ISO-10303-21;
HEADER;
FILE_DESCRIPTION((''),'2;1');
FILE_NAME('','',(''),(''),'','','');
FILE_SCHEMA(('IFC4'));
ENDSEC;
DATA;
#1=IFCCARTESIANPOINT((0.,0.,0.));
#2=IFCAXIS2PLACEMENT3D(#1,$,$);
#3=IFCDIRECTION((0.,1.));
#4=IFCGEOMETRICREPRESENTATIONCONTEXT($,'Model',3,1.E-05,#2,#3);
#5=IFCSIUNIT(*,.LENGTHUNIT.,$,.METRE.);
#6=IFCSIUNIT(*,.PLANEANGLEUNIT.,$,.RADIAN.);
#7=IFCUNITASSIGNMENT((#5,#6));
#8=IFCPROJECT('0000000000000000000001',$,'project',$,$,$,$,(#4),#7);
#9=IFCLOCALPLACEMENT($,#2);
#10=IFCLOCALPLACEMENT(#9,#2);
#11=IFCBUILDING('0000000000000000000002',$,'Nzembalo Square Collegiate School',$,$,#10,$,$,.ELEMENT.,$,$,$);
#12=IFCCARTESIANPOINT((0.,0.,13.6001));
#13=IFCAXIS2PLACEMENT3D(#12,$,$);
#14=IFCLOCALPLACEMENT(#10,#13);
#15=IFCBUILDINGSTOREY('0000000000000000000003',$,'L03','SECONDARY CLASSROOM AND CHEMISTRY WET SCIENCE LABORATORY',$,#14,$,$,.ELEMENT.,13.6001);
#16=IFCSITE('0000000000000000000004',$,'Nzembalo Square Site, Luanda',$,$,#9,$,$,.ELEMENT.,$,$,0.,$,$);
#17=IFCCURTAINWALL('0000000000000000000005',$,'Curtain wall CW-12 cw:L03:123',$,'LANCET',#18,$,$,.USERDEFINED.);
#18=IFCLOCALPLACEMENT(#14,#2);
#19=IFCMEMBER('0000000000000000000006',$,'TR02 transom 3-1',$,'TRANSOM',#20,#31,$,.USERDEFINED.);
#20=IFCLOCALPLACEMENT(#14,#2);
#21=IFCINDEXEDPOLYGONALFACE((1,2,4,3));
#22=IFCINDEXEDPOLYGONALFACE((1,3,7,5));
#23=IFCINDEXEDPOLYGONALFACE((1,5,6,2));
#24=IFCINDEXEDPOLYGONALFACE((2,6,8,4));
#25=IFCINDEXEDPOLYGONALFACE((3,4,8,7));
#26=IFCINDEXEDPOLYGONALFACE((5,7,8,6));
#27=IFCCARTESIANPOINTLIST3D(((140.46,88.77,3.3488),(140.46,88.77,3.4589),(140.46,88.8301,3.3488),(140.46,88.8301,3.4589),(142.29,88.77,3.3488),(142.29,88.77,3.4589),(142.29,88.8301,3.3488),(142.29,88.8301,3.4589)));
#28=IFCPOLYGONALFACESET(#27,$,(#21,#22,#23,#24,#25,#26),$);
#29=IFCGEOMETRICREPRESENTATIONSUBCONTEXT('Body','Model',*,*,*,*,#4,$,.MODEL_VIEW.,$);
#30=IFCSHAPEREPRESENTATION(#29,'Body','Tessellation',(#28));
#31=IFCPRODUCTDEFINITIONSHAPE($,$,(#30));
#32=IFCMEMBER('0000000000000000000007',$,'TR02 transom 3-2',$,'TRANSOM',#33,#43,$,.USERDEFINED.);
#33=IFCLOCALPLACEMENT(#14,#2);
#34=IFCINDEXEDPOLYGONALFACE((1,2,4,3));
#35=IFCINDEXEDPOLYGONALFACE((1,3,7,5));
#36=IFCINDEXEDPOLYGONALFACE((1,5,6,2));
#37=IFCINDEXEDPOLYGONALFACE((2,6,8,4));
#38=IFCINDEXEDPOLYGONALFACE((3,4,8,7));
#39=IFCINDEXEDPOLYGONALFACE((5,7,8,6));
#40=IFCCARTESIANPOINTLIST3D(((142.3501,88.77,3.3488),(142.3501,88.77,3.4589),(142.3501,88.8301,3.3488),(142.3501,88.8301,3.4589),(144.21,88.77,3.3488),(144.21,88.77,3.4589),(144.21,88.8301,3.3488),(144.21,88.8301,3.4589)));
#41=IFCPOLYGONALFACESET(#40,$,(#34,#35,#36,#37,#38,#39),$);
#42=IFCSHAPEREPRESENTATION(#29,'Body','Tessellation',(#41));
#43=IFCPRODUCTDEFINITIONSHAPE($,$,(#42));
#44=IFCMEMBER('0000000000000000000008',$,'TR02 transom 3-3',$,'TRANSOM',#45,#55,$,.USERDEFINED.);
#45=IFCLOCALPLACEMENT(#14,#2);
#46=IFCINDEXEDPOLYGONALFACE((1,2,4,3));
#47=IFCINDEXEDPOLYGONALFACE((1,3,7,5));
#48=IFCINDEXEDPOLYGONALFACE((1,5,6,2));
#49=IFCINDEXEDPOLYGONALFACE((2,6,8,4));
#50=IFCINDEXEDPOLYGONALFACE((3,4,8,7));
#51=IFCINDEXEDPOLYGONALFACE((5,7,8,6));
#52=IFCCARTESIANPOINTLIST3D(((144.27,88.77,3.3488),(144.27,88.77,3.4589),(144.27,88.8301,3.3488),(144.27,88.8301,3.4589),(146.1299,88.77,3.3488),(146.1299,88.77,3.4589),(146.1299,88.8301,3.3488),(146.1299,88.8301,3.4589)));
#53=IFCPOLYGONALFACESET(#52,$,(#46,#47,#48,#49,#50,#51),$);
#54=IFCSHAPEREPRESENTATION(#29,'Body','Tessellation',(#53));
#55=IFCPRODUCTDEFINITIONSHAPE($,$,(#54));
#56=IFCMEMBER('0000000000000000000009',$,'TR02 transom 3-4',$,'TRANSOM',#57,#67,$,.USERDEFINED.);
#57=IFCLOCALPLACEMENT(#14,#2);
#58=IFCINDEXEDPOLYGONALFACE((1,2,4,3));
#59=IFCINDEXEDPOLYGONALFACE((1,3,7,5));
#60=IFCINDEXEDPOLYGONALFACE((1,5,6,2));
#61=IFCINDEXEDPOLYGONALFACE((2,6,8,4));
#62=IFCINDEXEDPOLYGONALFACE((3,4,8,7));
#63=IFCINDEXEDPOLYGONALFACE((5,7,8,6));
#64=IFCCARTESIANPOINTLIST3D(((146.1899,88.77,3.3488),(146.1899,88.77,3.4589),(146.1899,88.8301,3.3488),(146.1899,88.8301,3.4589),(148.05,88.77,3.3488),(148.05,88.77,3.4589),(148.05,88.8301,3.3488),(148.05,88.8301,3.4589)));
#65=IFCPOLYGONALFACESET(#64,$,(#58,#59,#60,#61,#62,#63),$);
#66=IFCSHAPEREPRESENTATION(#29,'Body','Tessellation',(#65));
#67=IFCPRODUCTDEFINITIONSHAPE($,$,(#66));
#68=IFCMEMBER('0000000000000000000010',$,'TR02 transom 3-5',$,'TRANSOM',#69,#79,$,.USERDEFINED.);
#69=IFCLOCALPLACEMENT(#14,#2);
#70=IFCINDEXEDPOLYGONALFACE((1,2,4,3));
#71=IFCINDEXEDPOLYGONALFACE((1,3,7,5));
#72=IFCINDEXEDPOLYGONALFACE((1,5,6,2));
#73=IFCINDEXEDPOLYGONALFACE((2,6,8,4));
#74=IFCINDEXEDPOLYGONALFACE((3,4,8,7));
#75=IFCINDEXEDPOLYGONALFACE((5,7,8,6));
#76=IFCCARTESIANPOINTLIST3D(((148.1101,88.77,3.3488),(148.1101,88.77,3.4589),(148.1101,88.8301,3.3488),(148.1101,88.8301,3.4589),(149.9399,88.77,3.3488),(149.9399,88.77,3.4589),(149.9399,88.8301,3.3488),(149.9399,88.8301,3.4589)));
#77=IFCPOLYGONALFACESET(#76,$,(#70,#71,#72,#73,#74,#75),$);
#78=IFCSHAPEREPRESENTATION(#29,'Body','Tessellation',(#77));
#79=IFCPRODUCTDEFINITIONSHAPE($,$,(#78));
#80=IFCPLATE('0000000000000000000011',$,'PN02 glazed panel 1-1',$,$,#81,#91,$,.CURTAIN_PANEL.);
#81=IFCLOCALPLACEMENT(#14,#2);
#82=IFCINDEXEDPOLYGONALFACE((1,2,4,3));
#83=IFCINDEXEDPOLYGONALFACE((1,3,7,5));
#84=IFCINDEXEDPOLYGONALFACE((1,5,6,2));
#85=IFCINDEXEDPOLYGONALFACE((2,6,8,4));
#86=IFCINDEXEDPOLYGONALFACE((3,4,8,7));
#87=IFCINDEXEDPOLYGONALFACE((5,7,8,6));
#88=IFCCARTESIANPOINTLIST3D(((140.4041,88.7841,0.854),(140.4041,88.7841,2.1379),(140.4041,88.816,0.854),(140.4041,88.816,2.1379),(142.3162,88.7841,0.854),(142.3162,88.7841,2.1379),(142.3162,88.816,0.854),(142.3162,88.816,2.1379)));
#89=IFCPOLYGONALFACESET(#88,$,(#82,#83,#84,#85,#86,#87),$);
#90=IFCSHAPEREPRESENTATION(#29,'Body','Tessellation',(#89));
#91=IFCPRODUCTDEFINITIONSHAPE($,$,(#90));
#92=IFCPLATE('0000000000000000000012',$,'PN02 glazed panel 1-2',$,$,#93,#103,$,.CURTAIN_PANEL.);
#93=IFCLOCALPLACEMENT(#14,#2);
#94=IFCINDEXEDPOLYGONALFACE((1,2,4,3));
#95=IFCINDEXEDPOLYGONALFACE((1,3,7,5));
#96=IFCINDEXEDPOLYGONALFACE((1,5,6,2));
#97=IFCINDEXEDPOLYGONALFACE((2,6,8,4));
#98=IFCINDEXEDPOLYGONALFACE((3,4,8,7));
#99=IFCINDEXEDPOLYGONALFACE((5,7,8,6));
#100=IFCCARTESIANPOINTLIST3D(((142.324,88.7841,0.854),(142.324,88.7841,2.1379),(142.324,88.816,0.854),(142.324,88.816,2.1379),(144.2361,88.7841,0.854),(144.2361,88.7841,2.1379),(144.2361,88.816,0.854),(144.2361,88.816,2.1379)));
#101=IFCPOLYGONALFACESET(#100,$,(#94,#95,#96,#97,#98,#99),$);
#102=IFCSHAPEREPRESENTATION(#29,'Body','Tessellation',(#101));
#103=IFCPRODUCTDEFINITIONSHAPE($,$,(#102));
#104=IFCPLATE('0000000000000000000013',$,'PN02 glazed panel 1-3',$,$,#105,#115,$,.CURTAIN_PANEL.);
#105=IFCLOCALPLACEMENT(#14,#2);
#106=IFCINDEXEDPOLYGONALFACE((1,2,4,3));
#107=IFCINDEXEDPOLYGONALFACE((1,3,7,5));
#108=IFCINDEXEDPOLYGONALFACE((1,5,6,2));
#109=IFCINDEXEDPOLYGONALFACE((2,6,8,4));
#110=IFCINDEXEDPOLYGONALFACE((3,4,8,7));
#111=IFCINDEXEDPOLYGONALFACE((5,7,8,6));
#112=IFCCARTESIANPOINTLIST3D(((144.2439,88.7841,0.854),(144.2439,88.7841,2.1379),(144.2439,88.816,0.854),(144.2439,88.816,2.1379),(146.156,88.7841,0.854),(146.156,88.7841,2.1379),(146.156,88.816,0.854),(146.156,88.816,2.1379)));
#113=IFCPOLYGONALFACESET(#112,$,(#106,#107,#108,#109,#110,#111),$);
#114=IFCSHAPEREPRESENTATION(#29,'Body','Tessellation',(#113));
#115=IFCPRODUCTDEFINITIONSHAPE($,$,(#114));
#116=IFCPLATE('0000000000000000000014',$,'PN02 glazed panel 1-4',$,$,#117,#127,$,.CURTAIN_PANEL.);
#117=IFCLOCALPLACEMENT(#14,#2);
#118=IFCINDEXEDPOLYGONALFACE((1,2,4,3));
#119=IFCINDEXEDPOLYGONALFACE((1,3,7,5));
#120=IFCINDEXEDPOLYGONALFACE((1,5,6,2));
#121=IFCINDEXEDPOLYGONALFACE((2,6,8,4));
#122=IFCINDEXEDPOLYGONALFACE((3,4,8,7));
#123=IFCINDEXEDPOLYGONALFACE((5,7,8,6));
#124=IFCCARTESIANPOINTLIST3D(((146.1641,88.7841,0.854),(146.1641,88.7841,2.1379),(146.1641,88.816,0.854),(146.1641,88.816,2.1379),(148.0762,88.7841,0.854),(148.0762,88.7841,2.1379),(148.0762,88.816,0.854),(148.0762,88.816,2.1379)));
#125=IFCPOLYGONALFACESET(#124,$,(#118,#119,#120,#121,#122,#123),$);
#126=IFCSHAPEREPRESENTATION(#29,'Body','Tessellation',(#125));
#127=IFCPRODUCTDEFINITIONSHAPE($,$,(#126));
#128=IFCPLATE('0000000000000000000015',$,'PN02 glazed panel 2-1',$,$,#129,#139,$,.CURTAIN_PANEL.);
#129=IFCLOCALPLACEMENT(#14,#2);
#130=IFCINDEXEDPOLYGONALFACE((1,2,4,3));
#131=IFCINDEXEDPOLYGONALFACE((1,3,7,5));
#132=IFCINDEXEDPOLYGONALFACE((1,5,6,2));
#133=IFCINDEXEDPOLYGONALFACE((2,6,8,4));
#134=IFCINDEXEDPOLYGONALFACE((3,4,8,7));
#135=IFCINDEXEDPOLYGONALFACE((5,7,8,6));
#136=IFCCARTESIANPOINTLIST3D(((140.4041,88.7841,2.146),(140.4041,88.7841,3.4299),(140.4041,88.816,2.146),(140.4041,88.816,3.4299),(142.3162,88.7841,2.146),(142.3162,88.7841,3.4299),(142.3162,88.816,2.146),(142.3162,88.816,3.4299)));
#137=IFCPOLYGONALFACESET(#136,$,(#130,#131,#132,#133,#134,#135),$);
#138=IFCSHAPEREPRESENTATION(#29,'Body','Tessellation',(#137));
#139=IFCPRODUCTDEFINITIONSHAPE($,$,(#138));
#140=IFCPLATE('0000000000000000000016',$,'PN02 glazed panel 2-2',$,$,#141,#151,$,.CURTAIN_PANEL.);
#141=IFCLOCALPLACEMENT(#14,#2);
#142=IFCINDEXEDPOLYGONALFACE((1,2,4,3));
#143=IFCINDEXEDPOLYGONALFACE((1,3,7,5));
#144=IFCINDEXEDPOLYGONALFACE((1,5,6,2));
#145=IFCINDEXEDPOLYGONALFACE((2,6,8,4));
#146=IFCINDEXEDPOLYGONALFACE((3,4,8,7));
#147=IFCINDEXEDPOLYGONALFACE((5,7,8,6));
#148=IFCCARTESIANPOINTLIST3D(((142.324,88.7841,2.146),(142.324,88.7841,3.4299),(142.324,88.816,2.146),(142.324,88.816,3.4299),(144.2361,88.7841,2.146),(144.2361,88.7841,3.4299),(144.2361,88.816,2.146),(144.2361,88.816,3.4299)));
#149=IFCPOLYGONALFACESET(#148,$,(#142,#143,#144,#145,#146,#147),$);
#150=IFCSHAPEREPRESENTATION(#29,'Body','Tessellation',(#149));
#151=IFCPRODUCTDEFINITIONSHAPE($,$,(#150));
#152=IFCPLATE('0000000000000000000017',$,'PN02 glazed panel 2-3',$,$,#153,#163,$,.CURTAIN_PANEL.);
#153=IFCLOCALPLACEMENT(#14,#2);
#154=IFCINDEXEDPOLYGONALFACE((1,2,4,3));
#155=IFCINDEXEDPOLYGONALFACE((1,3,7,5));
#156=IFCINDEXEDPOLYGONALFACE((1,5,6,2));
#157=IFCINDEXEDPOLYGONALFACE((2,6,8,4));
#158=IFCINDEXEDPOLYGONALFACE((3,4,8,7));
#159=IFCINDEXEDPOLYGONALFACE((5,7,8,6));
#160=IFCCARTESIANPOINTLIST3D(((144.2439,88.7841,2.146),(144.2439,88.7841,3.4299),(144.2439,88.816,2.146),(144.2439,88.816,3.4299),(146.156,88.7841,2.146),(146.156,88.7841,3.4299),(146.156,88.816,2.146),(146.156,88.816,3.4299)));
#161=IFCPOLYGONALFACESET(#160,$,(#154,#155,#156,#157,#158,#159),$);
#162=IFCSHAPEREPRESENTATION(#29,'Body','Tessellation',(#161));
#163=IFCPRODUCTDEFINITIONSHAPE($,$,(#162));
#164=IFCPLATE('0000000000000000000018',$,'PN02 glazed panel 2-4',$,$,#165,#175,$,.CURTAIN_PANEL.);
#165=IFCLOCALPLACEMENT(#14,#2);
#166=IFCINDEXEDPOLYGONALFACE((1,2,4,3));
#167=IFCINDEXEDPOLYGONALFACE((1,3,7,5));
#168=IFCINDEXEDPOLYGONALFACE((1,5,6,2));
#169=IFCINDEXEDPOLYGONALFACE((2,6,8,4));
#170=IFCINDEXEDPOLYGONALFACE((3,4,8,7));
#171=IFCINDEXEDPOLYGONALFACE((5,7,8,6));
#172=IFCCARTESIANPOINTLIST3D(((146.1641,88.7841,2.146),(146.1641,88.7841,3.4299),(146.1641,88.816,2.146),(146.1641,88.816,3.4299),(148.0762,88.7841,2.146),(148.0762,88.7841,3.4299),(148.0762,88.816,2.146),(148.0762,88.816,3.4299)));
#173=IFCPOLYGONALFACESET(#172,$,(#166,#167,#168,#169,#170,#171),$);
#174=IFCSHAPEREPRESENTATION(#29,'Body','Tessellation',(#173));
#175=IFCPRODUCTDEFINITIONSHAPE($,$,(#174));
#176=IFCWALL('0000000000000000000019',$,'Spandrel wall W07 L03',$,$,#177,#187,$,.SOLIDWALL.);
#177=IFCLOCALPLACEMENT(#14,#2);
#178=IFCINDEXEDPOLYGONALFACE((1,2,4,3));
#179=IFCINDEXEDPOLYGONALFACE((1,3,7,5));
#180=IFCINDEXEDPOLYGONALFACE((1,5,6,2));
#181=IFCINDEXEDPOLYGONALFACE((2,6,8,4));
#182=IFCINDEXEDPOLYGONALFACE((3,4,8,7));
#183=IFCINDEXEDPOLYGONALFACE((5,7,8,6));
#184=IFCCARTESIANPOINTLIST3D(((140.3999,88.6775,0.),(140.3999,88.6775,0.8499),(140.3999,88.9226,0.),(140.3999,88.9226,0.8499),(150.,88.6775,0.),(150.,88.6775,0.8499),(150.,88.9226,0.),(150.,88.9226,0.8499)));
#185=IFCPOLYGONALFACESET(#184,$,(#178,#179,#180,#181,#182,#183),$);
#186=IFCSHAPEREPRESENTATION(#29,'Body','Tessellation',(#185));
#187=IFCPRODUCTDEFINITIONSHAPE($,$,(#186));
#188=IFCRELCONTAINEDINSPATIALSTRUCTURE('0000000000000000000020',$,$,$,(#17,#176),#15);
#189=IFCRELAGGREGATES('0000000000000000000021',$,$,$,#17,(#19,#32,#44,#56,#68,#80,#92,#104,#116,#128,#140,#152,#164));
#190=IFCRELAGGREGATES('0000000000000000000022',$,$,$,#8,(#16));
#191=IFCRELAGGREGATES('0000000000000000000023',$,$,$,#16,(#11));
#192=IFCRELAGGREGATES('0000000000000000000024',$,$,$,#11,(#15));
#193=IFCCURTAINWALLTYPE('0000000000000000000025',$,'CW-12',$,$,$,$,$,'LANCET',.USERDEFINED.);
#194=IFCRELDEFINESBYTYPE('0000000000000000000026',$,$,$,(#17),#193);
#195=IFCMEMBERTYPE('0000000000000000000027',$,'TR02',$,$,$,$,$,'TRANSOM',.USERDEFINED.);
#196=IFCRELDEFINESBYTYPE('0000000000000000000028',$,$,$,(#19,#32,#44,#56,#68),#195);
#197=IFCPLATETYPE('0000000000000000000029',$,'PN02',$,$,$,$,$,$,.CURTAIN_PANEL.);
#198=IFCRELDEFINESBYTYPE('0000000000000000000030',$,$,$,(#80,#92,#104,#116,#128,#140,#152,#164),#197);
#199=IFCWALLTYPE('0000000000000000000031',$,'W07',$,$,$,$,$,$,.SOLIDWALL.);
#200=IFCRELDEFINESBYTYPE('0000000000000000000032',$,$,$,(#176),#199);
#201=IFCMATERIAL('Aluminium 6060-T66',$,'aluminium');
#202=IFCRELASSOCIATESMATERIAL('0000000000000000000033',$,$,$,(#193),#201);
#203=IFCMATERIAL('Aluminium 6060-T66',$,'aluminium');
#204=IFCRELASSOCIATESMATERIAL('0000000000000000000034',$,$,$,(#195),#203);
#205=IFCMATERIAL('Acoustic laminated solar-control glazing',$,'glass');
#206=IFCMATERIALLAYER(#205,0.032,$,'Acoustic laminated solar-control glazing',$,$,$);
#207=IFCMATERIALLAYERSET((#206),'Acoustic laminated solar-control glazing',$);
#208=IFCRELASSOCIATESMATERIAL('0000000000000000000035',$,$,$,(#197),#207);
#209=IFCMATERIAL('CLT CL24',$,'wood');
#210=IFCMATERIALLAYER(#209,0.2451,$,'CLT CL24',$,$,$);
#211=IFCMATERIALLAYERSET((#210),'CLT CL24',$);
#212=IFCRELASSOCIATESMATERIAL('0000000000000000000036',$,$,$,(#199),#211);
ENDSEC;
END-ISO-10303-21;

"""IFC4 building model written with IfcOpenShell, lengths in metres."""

from ifc_helpers import new_model, si_unit, direction, frame, frame_2d, origin, origin_2d, place, context, subcontext, project, spatial, rectangle, extrude, material, layer, layer_set, material_profile, profile_set, type_object, element, aggregate, save


model = new_model("IFC4")

# Units and contexts
model_context = context("Model", 3, precision=1e-05, world=origin(), true_north=direction((0.0, 1.0)))
body_context = subcontext(model_context, "Body", "Model", "MODEL_VIEW")
ifc_project = project(units=[si_unit("LENGTHUNIT", "METRE"), si_unit("PLANEANGLEUNIT", "RADIAN")], contexts=[model_context])

# Site, building, storey
site_placement = place(None, origin())
site = spatial("IfcSite", under=ifc_project, at=site_placement, Name="Nzembalo Square Site, Luanda", CompositionType="ELEMENT", RefElevation=0.0)
building_placement = place(site_placement, origin())
building = spatial("IfcBuilding", under=site, at=building_placement, Name="Nzembalo Square Collegiate School", CompositionType="ELEMENT")
storey_placement = place(building_placement, frame((0.0, 0.0, 13.6001)))
storey = spatial("IfcBuildingStorey", under=building, at=storey_placement, Name="L03", Description="SECONDARY CLASSROOM AND CHEMISTRY WET SCIENCE LABORATORY", CompositionType="ELEMENT", Elevation=13.6001)

# Curtain wall, members, plates
ifc_material_1 = material(Name="Aluminium 6060-T66", Category="aluminium")
curtain_wall_type = type_object("IfcCurtainWallType", Name="CW-12", ElementType="LANCET", PredefinedType="USERDEFINED", material=ifc_material_1)
curtain_wall_placement = place(storey_placement, origin())
curtain_wall = element("IfcCurtainWall", 1, at=curtain_wall_placement, inside=storey, type_object=curtain_wall_type, Name="Curtain wall CW-12 cw:L03:123", ObjectType="LANCET", PredefinedType="USERDEFINED")
ifc_material_2 = material(Name="Aluminium 6060-T66", Category="aluminium")
ifc_material_profile_1 = material_profile(ifc_material_2, rectangle(XDim=0.0601, YDim=0.1101, at=origin_2d()), Name="ALU T60x110")
ifc_profile_set_1 = profile_set([ifc_material_profile_1], Name="Aluminium 6060-T66")
member_type_1 = type_object("IfcMemberType", Name="TR02", ElementType="TRANSOM", PredefinedType="USERDEFINED", material=ifc_profile_set_1)
member_1_placement = place(storey_placement, frame((140.46, 88.8, 3.4038), z_axis=(1.0, 0.0, 0.0), x_axis=(0.0, 1.0, 0.0)))
member_1 = element("IfcMember", 2, at=member_1_placement, type_object=member_type_1, Name="TR02 transom 3-1", ObjectType="TRANSOM", PredefinedType="USERDEFINED", context=body_context, shape_type="SweptSolid", body=[
    extrude(rectangle(XDim=0.0601, YDim=0.1101, at=origin_2d()), origin(), (0.0, 0.0, 1.0), 1.8301),
])
member_2_placement = place(storey_placement, frame((142.3501, 88.8, 3.4038), z_axis=(1.0, 0.0, 0.0), x_axis=(0.0, 1.0, 0.0)))
member_2 = element("IfcMember", 3, at=member_2_placement, type_object=member_type_1, Name="TR02 transom 3-2", ObjectType="TRANSOM", PredefinedType="USERDEFINED", context=body_context, shape_type="SweptSolid", body=[
    extrude(rectangle(XDim=0.0601, YDim=0.1101, at=origin_2d()), origin(), (0.0, 0.0, 1.0), 1.8599),
])
member_3_placement = place(storey_placement, frame((144.27, 88.8, 3.4038), z_axis=(1.0, 0.0, 0.0), x_axis=(0.0, 1.0, 0.0)))
member_3 = element("IfcMember", 4, at=member_3_placement, type_object=member_type_1, Name="TR02 transom 3-3", ObjectType="TRANSOM", PredefinedType="USERDEFINED", context=body_context, shape_type="SweptSolid", body=[
    extrude(rectangle(XDim=0.0601, YDim=0.1101, at=origin_2d()), origin(), (0.0, 0.0, 1.0), 1.8599),
])
member_4_placement = place(storey_placement, frame((146.1899, 88.8, 3.4038), z_axis=(1.0, 0.0, 0.0), x_axis=(0.0, 1.0, 0.0)))
member_4 = element("IfcMember", 5, at=member_4_placement, type_object=member_type_1, Name="TR02 transom 3-4", ObjectType="TRANSOM", PredefinedType="USERDEFINED", context=body_context, shape_type="SweptSolid", body=[
    extrude(rectangle(XDim=0.0601, YDim=0.1101, at=origin_2d()), origin(), (0.0, 0.0, 1.0), 1.8601),
])
member_5_placement = place(storey_placement, frame((148.1101, 88.8, 3.4038), z_axis=(1.0, 0.0, 0.0), x_axis=(0.0, 1.0, 0.0)))
member_5 = element("IfcMember", 6, at=member_5_placement, type_object=member_type_1, Name="TR02 transom 3-5", ObjectType="TRANSOM", PredefinedType="USERDEFINED", context=body_context, shape_type="SweptSolid", body=[
    extrude(rectangle(XDim=0.0601, YDim=0.1101, at=origin_2d()), origin(), (0.0, 0.0, 1.0), 1.8298),
])
ifc_material_3 = material(Name="Acoustic laminated solar-control glazing", Category="glass")
ifc_layer_1 = layer(ifc_material_3, 0.032, Name="Acoustic laminated solar-control glazing")
ifc_layer_set_1 = layer_set([ifc_layer_1], Name="Acoustic laminated solar-control glazing")
plate_type = type_object("IfcPlateType", Name="PN02", PredefinedType="CURTAIN_PANEL", material=ifc_layer_set_1)
plate_1_placement = place(storey_placement, frame((141.3601, 88.8, 0.854), z_axis=(0.0, 0.0, 1.0), x_axis=(1.0, 0.0, 0.0)))
plate_1 = element("IfcPlate", 7, at=plate_1_placement, type_object=plate_type, Name="PN02 glazed panel 1-1", PredefinedType="CURTAIN_PANEL", context=body_context, shape_type="SweptSolid", body=[
    extrude(rectangle(XDim=1.9121, YDim=0.032, at=origin_2d()), origin(), (0.0, 0.0, 1.0), 1.2839),
])
plate_2_placement = place(storey_placement, frame((143.28, 88.8, 0.854), z_axis=(0.0, 0.0, 1.0), x_axis=(1.0, 0.0, 0.0)))
plate_2 = element("IfcPlate", 8, at=plate_2_placement, type_object=plate_type, Name="PN02 glazed panel 1-2", PredefinedType="CURTAIN_PANEL", context=body_context, shape_type="SweptSolid", body=[
    extrude(rectangle(XDim=1.9121, YDim=0.032, at=origin_2d()), origin(), (0.0, 0.0, 1.0), 1.2839),
])
plate_3_placement = place(storey_placement, frame((145.2, 88.8, 0.854), z_axis=(0.0, 0.0, 1.0), x_axis=(1.0, 0.0, 0.0)))
plate_3 = element("IfcPlate", 9, at=plate_3_placement, type_object=plate_type, Name="PN02 glazed panel 1-3", PredefinedType="CURTAIN_PANEL", context=body_context, shape_type="SweptSolid", body=[
    extrude(rectangle(XDim=1.9121, YDim=0.032, at=origin_2d()), origin(), (0.0, 0.0, 1.0), 1.2839),
])
plate_4_placement = place(storey_placement, frame((147.1201, 88.8, 0.854), z_axis=(0.0, 0.0, 1.0), x_axis=(1.0, 0.0, 0.0)))
plate_4 = element("IfcPlate", 10, at=plate_4_placement, type_object=plate_type, Name="PN02 glazed panel 1-4", PredefinedType="CURTAIN_PANEL", context=body_context, shape_type="SweptSolid", body=[
    extrude(rectangle(XDim=1.9121, YDim=0.032, at=origin_2d()), origin(), (0.0, 0.0, 1.0), 1.2839),
])
plate_5_placement = place(storey_placement, frame((141.3601, 88.8, 2.146), z_axis=(0.0, 0.0, 1.0), x_axis=(1.0, 0.0, 0.0)))
plate_5 = element("IfcPlate", 11, at=plate_5_placement, type_object=plate_type, Name="PN02 glazed panel 2-1", PredefinedType="CURTAIN_PANEL", context=body_context, shape_type="SweptSolid", body=[
    extrude(rectangle(XDim=1.9121, YDim=0.032, at=origin_2d()), origin(), (0.0, 0.0, 1.0), 1.2839),
])
plate_6_placement = place(storey_placement, frame((143.28, 88.8, 2.146), z_axis=(0.0, 0.0, 1.0), x_axis=(1.0, 0.0, 0.0)))
plate_6 = element("IfcPlate", 12, at=plate_6_placement, type_object=plate_type, Name="PN02 glazed panel 2-2", PredefinedType="CURTAIN_PANEL", context=body_context, shape_type="SweptSolid", body=[
    extrude(rectangle(XDim=1.9121, YDim=0.032, at=origin_2d()), origin(), (0.0, 0.0, 1.0), 1.2839),
])
plate_7_placement = place(storey_placement, frame((145.2, 88.8, 2.146), z_axis=(0.0, 0.0, 1.0), x_axis=(1.0, 0.0, 0.0)))
plate_7 = element("IfcPlate", 13, at=plate_7_placement, type_object=plate_type, Name="PN02 glazed panel 2-3", PredefinedType="CURTAIN_PANEL", context=body_context, shape_type="SweptSolid", body=[
    extrude(rectangle(XDim=1.9121, YDim=0.032, at=origin_2d()), origin(), (0.0, 0.0, 1.0), 1.2839),
])
plate_8_placement = place(storey_placement, frame((147.1201, 88.8, 2.146), z_axis=(0.0, 0.0, 1.0), x_axis=(1.0, 0.0, 0.0)))
plate_8 = element("IfcPlate", 14, at=plate_8_placement, type_object=plate_type, Name="PN02 glazed panel 2-4", PredefinedType="CURTAIN_PANEL", context=body_context, shape_type="SweptSolid", body=[
    extrude(rectangle(XDim=1.9121, YDim=0.032, at=origin_2d()), origin(), (0.0, 0.0, 1.0), 1.2839),
])
aggregate(curtain_wall, [member_1, member_2, member_3, member_4, member_5, plate_1, plate_2, plate_3, plate_4, plate_5, plate_6, plate_7, plate_8])

# Wall
ifc_material_4 = material(Name="CLT CL24", Category="wood")
ifc_layer_2 = layer(ifc_material_4, 0.2451, Name="CLT CL24")
ifc_layer_set_2 = layer_set([ifc_layer_2], Name="CLT CL24")
wall_type_1 = type_object("IfcWallType", Name="W07", PredefinedType="SOLIDWALL", material=ifc_layer_set_2)
wall_1_placement = place(storey_placement, frame((140.3999, 88.8, 0.0), z_axis=(0.0, 0.0, 1.0), x_axis=(1.0, 0.0, 0.0)))
element("IfcWall", 15, at=wall_1_placement, inside=storey, type_object=wall_type_1, Name="Spandrel wall W07 L03", PredefinedType="SOLIDWALL", context=body_context, shape_type="SweptSolid", body=[
    extrude(rectangle(XDim=9.6001, YDim=0.2451, at=frame_2d((4.8, 0.0))), origin(), (0.0, 0.0, 1.0), 0.8499),
])

save(model, "model.ifc")
